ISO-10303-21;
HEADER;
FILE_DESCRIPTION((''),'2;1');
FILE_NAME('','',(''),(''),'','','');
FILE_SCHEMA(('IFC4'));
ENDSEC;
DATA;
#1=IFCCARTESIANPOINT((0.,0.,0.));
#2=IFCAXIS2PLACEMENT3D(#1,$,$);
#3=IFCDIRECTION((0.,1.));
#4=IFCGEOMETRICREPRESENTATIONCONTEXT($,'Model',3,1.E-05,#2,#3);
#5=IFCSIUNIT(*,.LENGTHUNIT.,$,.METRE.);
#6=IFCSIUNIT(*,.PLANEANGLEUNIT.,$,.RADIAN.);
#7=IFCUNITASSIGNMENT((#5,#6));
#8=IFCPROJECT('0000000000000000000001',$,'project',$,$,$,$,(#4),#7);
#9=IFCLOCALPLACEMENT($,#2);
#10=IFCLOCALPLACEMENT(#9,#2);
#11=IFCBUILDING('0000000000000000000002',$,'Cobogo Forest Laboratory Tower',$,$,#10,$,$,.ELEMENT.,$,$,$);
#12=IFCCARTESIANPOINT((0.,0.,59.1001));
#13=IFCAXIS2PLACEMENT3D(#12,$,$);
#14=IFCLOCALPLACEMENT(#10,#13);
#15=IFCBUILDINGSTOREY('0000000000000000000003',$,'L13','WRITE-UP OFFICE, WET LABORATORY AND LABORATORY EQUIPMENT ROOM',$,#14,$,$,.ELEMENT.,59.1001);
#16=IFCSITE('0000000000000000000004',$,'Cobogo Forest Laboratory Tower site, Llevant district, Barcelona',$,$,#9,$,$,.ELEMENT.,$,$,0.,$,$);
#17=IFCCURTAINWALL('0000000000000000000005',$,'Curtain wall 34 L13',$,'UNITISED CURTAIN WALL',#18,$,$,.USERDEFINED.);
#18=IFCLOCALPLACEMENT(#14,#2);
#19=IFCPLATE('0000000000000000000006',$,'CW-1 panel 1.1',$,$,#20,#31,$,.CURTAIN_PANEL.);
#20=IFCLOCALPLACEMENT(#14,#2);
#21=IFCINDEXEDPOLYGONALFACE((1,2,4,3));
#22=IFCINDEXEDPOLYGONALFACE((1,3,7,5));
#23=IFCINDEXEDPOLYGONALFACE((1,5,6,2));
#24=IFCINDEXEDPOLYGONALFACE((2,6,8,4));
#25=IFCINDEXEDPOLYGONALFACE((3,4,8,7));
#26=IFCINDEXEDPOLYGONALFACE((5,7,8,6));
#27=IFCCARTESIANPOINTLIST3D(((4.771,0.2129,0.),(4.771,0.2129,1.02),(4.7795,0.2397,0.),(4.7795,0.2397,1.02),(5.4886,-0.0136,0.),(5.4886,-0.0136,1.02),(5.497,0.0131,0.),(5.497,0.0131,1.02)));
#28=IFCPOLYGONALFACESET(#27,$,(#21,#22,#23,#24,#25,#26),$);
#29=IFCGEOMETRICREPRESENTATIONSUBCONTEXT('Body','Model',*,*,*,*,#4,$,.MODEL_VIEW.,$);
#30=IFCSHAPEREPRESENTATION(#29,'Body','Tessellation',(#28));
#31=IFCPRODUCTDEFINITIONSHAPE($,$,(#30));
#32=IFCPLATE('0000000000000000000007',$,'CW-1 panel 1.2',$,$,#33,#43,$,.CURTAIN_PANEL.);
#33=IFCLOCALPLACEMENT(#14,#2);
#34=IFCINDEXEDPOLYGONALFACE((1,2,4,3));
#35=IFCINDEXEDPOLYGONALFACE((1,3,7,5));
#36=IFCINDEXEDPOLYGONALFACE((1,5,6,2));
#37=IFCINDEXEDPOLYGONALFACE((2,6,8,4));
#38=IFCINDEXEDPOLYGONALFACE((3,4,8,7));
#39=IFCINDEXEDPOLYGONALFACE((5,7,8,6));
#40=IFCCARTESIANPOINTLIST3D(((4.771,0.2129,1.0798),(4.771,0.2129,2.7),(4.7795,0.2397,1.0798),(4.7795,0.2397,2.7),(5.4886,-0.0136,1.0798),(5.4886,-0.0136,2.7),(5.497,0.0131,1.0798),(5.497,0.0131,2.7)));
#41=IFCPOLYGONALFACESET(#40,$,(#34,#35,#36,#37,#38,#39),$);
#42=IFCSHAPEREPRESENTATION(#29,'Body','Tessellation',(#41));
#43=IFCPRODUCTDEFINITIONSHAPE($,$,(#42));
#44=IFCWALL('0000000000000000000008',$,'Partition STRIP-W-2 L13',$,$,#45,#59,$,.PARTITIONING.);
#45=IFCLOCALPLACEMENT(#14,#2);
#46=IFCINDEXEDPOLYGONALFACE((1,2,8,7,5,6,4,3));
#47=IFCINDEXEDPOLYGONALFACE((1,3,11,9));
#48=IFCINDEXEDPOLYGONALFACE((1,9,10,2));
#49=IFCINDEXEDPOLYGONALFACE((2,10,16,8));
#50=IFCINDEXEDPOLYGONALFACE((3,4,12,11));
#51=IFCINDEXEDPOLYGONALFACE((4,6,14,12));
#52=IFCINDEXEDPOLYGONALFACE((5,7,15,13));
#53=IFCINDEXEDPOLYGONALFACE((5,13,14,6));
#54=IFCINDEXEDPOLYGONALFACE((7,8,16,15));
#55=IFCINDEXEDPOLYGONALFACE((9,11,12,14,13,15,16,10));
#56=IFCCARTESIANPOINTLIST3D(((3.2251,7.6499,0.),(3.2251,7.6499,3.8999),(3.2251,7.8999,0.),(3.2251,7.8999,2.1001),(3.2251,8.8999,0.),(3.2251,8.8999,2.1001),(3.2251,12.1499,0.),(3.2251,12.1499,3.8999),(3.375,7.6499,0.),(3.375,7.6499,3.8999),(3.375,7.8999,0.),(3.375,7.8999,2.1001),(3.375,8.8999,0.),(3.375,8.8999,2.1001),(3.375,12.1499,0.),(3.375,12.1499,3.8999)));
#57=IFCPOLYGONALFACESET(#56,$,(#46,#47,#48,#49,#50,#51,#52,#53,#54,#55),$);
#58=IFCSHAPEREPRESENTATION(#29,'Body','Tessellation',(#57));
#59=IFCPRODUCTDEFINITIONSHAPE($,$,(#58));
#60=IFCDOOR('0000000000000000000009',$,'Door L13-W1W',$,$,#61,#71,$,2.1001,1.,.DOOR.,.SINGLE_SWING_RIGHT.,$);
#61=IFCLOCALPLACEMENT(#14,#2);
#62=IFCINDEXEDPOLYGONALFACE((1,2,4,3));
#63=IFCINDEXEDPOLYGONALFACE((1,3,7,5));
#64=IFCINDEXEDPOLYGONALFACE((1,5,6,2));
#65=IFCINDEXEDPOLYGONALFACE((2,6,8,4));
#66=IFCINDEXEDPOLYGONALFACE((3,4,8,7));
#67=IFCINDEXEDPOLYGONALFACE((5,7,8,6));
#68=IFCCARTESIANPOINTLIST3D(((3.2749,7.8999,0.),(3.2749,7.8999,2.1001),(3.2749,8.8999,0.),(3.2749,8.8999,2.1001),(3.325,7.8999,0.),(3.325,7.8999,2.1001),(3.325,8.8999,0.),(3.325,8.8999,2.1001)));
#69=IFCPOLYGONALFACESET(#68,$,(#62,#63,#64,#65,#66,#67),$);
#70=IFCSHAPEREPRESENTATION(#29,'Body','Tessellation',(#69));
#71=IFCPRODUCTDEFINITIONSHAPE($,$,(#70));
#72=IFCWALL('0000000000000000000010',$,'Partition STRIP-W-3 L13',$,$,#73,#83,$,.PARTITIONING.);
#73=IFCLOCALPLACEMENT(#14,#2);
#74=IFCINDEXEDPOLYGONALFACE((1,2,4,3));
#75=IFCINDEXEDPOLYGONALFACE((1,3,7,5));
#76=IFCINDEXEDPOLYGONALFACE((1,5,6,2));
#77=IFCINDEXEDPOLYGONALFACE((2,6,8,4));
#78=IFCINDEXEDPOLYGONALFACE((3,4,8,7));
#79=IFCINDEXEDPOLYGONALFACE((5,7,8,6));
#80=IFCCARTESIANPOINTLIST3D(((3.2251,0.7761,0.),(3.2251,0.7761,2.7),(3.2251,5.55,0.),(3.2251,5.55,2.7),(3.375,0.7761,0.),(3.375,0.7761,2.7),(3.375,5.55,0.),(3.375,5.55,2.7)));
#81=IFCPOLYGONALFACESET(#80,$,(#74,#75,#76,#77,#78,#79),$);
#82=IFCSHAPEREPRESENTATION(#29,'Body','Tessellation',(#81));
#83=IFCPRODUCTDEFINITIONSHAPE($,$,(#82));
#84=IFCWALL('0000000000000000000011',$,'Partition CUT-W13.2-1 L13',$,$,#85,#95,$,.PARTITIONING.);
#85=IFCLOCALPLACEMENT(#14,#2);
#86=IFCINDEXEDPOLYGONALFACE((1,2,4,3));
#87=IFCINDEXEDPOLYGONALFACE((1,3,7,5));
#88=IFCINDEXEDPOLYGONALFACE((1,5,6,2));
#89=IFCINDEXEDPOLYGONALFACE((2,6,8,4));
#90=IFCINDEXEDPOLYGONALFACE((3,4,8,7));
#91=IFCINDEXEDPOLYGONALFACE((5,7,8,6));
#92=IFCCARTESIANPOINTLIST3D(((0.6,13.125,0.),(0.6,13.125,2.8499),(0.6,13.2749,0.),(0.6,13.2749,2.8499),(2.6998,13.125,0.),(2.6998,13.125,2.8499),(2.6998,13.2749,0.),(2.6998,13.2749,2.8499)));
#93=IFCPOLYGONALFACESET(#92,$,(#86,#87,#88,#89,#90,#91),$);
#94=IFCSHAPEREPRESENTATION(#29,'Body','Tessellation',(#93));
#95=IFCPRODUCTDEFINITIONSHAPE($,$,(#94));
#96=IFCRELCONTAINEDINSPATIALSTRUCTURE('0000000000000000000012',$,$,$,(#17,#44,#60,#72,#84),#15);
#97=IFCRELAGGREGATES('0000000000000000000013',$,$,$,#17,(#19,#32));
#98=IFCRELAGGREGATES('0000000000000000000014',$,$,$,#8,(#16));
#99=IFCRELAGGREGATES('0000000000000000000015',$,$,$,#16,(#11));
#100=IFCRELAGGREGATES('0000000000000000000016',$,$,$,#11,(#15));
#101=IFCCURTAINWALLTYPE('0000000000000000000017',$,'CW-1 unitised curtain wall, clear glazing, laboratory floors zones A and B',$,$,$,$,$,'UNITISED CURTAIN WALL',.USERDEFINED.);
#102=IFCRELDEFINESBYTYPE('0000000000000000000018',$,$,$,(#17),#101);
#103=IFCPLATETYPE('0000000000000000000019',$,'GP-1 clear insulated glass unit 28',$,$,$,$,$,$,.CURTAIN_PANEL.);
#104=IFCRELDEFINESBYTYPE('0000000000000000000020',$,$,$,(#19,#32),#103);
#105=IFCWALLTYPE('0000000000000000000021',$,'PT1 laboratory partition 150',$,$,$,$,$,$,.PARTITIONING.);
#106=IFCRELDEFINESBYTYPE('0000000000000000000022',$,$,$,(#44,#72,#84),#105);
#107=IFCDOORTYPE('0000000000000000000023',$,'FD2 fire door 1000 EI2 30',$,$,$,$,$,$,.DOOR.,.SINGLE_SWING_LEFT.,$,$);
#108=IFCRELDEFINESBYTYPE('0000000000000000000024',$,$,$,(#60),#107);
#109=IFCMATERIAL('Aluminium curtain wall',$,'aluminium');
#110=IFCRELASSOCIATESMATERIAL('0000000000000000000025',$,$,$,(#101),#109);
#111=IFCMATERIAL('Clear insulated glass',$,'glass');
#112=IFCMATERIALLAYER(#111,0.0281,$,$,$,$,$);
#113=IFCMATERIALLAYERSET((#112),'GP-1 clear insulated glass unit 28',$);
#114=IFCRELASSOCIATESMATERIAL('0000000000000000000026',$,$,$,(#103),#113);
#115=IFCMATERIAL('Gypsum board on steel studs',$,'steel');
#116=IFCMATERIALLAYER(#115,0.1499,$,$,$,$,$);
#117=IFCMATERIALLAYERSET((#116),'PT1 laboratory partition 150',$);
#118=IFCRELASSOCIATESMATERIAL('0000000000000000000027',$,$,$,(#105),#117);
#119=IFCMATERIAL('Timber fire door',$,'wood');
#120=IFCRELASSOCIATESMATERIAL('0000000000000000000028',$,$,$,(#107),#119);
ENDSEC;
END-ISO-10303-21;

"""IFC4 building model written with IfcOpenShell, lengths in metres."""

from ifc_helpers import new_model, si_unit, direction, frame, frame_2d, origin, origin_2d, place, context, subcontext, project, spatial, rectangle, extrude, material, layer, layer_set, type_object, element, fill, aggregate, save


model = new_model("IFC4")

# Units and contexts
model_context = context("Model", 3, precision=1e-05, world=origin(), true_north=direction((0.0, 1.0)))
body_context = subcontext(model_context, "Body", "Model", "MODEL_VIEW")
ifc_project = project(units=[si_unit("LENGTHUNIT", "METRE"), si_unit("PLANEANGLEUNIT", "RADIAN")], contexts=[model_context])

# Site, building, storey
site_placement = place(None, origin())
site = spatial("IfcSite", under=ifc_project, at=site_placement, Name="Cobogo Forest Laboratory Tower site, Llevant district, Barcelona", CompositionType="ELEMENT", RefElevation=0.0)
building_placement = place(site_placement, origin())
building = spatial("IfcBuilding", under=site, at=building_placement, Name="Cobogo Forest Laboratory Tower", CompositionType="ELEMENT")
storey_placement = place(building_placement, frame((0.0, 0.0, 59.1001)))
storey = spatial("IfcBuildingStorey", under=building, at=storey_placement, Name="L13", Description="WRITE-UP OFFICE, WET LABORATORY AND LABORATORY EQUIPMENT ROOM", CompositionType="ELEMENT", Elevation=59.1001)

# Shared definitions
ifc_material_1 = material(Name="Aluminium curtain wall", Category="aluminium")
curtain_wall_type = type_object("IfcCurtainWallType", Name="CW-1 unitised curtain wall, clear glazing, laboratory floors zones A and B", ElementType="UNITISED CURTAIN WALL", PredefinedType="USERDEFINED", material=ifc_material_1)

# Curtain wall
curtain_wall_1_placement = place(storey_placement, origin())
curtain_wall_1 = element("IfcCurtainWall", 1, at=curtain_wall_1_placement, inside=storey, type_object=curtain_wall_type, Name="Curtain wall 34 L13", ObjectType="UNITISED CURTAIN WALL", PredefinedType="USERDEFINED")

# Plates
ifc_material_2 = material(Name="Clear insulated glass", Category="glass")
ifc_layer_1 = layer(ifc_material_2, 0.0281)
ifc_layer_set_1 = layer_set([ifc_layer_1], Name="GP-1 clear insulated glass unit 28")
plate_type = type_object("IfcPlateType", Name="GP-1 clear insulated glass unit 28", PredefinedType="CURTAIN_PANEL", material=ifc_layer_set_1)
plate_1_placement = place(storey_placement, frame((5.134, 0.113, 0.0), z_axis=(0.0, 0.0, 1.0), x_axis=(0.953582, -0.301135, 0.0)))
plate_1 = element("IfcPlate", 2, at=plate_1_placement, type_object=plate_type, Name="CW-1 panel 1.1", PredefinedType="CURTAIN_PANEL", context=body_context, shape_type="SweptSolid", body=[
    extrude(rectangle(XDim=0.7524, YDim=0.0281, at=origin_2d()), origin(), (0.0, 0.0, 1.0), 1.02),
])
plate_2_placement = place(storey_placement, frame((5.134, 0.113, 1.0798), z_axis=(0.0, 0.0, 1.0), x_axis=(0.953582, -0.301135, 0.0)))
plate_2 = element("IfcPlate", 3, at=plate_2_placement, type_object=plate_type, Name="CW-1 panel 1.2", PredefinedType="CURTAIN_PANEL", context=body_context, shape_type="SweptSolid", body=[
    extrude(rectangle(XDim=0.7524, YDim=0.0281, at=origin_2d()), origin(), (0.0, 0.0, 1.0), 1.6201),
])
aggregate(curtain_wall_1, [plate_1, plate_2])

# Wall, opening, door
ifc_material_3 = material(Name="Gypsum board on steel studs", Category="steel")
ifc_layer_2 = layer(ifc_material_3, 0.1499)
ifc_layer_set_2 = layer_set([ifc_layer_2], Name="PT1 laboratory partition 150")
wall_type = type_object("IfcWallType", Name="PT1 laboratory partition 150", PredefinedType="PARTITIONING", material=ifc_layer_set_2)
wall_1_placement = place(storey_placement, frame((3.3, 12.1499, 0.0), z_axis=(0.0, 0.0, 1.0), x_axis=(0.0, -1.0, 0.0)))
wall_1 = element("IfcWall", 4, at=wall_1_placement, inside=storey, type_object=wall_type, Name="Partition STRIP-W-2 L13", PredefinedType="PARTITIONING", context=body_context, shape_type="SweptSolid", body=[
    extrude(rectangle(XDim=4.5, YDim=0.1499, at=frame_2d((2.25, 0.0))), origin(), (0.0, 0.0, 1.0), 3.8999),
])
opening_placement = place(wall_1_placement, frame((3.25, 0.0, 0.0)))
opening = element("IfcOpeningElement", 5, at=opening_placement, cuts=wall_1, PredefinedType="OPENING", context=body_context, shape_type="SweptSolid", body=[
    extrude(rectangle(XDim=1.0, YDim=2.1001, at=frame_2d((0.5, 1.05))), frame((0.0, 0.085, 0.0), z_axis=(0.0, -1.0, 0.0), x_axis=(1.0, 0.0, 0.0)), (0.0, 0.0, 1.0), 0.1699),
])
ifc_material_4 = material(Name="Timber fire door", Category="wood")
door_type = type_object("IfcDoorType", Name="FD2 fire door 1000 EI2 30", OperationType="SINGLE_SWING_LEFT", PredefinedType="DOOR", material=ifc_material_4)
door_placement = place(opening_placement, origin())
door = element("IfcDoor", 6, at=door_placement, inside=storey, type_object=door_type, Name="Door L13-W1W", OperationType="SINGLE_SWING_RIGHT", OverallHeight=2.1001, OverallWidth=1.0, PredefinedType="DOOR", context=body_context, shape_type="SweptSolid", body=[
    extrude(rectangle(XDim=1.0, YDim=2.1001, at=frame_2d((0.5, 1.05))), frame((0.0, 0.0249, 0.0), z_axis=(0.0, -1.0, 0.0), x_axis=(1.0, 0.0, 0.0)), (0.0, 0.0, 1.0), 0.05),
])
fill(opening, door)

# Walls
wall_2_placement = place(storey_placement, frame((3.3, 5.55, 0.0), z_axis=(0.0, 0.0, 1.0), x_axis=(0.0, -1.0, 0.0)))
element("IfcWall", 7, at=wall_2_placement, inside=storey, type_object=wall_type, Name="Partition STRIP-W-3 L13", PredefinedType="PARTITIONING", context=body_context, shape_type="SweptSolid", body=[
    extrude(rectangle(XDim=4.7739, YDim=0.1499, at=frame_2d((2.387, 0.0))), origin(), (0.0, 0.0, 1.0), 2.7),
])
wall_3_placement = place(storey_placement, frame((0.6001, 13.2, 0.0), z_axis=(0.0, 0.0, 1.0), x_axis=(1.0, 0.0, 0.0)))
element("IfcWall", 8, at=wall_3_placement, inside=storey, type_object=wall_type, Name="Partition CUT-W13.2-1 L13", PredefinedType="PARTITIONING", context=body_context, shape_type="SweptSolid", body=[
    extrude(rectangle(XDim=2.0999, YDim=0.1499, at=frame_2d((1.0498, 0.0))), origin(), (0.0, 0.0, 1.0), 2.8499),
])

save(model, "model.ifc")
